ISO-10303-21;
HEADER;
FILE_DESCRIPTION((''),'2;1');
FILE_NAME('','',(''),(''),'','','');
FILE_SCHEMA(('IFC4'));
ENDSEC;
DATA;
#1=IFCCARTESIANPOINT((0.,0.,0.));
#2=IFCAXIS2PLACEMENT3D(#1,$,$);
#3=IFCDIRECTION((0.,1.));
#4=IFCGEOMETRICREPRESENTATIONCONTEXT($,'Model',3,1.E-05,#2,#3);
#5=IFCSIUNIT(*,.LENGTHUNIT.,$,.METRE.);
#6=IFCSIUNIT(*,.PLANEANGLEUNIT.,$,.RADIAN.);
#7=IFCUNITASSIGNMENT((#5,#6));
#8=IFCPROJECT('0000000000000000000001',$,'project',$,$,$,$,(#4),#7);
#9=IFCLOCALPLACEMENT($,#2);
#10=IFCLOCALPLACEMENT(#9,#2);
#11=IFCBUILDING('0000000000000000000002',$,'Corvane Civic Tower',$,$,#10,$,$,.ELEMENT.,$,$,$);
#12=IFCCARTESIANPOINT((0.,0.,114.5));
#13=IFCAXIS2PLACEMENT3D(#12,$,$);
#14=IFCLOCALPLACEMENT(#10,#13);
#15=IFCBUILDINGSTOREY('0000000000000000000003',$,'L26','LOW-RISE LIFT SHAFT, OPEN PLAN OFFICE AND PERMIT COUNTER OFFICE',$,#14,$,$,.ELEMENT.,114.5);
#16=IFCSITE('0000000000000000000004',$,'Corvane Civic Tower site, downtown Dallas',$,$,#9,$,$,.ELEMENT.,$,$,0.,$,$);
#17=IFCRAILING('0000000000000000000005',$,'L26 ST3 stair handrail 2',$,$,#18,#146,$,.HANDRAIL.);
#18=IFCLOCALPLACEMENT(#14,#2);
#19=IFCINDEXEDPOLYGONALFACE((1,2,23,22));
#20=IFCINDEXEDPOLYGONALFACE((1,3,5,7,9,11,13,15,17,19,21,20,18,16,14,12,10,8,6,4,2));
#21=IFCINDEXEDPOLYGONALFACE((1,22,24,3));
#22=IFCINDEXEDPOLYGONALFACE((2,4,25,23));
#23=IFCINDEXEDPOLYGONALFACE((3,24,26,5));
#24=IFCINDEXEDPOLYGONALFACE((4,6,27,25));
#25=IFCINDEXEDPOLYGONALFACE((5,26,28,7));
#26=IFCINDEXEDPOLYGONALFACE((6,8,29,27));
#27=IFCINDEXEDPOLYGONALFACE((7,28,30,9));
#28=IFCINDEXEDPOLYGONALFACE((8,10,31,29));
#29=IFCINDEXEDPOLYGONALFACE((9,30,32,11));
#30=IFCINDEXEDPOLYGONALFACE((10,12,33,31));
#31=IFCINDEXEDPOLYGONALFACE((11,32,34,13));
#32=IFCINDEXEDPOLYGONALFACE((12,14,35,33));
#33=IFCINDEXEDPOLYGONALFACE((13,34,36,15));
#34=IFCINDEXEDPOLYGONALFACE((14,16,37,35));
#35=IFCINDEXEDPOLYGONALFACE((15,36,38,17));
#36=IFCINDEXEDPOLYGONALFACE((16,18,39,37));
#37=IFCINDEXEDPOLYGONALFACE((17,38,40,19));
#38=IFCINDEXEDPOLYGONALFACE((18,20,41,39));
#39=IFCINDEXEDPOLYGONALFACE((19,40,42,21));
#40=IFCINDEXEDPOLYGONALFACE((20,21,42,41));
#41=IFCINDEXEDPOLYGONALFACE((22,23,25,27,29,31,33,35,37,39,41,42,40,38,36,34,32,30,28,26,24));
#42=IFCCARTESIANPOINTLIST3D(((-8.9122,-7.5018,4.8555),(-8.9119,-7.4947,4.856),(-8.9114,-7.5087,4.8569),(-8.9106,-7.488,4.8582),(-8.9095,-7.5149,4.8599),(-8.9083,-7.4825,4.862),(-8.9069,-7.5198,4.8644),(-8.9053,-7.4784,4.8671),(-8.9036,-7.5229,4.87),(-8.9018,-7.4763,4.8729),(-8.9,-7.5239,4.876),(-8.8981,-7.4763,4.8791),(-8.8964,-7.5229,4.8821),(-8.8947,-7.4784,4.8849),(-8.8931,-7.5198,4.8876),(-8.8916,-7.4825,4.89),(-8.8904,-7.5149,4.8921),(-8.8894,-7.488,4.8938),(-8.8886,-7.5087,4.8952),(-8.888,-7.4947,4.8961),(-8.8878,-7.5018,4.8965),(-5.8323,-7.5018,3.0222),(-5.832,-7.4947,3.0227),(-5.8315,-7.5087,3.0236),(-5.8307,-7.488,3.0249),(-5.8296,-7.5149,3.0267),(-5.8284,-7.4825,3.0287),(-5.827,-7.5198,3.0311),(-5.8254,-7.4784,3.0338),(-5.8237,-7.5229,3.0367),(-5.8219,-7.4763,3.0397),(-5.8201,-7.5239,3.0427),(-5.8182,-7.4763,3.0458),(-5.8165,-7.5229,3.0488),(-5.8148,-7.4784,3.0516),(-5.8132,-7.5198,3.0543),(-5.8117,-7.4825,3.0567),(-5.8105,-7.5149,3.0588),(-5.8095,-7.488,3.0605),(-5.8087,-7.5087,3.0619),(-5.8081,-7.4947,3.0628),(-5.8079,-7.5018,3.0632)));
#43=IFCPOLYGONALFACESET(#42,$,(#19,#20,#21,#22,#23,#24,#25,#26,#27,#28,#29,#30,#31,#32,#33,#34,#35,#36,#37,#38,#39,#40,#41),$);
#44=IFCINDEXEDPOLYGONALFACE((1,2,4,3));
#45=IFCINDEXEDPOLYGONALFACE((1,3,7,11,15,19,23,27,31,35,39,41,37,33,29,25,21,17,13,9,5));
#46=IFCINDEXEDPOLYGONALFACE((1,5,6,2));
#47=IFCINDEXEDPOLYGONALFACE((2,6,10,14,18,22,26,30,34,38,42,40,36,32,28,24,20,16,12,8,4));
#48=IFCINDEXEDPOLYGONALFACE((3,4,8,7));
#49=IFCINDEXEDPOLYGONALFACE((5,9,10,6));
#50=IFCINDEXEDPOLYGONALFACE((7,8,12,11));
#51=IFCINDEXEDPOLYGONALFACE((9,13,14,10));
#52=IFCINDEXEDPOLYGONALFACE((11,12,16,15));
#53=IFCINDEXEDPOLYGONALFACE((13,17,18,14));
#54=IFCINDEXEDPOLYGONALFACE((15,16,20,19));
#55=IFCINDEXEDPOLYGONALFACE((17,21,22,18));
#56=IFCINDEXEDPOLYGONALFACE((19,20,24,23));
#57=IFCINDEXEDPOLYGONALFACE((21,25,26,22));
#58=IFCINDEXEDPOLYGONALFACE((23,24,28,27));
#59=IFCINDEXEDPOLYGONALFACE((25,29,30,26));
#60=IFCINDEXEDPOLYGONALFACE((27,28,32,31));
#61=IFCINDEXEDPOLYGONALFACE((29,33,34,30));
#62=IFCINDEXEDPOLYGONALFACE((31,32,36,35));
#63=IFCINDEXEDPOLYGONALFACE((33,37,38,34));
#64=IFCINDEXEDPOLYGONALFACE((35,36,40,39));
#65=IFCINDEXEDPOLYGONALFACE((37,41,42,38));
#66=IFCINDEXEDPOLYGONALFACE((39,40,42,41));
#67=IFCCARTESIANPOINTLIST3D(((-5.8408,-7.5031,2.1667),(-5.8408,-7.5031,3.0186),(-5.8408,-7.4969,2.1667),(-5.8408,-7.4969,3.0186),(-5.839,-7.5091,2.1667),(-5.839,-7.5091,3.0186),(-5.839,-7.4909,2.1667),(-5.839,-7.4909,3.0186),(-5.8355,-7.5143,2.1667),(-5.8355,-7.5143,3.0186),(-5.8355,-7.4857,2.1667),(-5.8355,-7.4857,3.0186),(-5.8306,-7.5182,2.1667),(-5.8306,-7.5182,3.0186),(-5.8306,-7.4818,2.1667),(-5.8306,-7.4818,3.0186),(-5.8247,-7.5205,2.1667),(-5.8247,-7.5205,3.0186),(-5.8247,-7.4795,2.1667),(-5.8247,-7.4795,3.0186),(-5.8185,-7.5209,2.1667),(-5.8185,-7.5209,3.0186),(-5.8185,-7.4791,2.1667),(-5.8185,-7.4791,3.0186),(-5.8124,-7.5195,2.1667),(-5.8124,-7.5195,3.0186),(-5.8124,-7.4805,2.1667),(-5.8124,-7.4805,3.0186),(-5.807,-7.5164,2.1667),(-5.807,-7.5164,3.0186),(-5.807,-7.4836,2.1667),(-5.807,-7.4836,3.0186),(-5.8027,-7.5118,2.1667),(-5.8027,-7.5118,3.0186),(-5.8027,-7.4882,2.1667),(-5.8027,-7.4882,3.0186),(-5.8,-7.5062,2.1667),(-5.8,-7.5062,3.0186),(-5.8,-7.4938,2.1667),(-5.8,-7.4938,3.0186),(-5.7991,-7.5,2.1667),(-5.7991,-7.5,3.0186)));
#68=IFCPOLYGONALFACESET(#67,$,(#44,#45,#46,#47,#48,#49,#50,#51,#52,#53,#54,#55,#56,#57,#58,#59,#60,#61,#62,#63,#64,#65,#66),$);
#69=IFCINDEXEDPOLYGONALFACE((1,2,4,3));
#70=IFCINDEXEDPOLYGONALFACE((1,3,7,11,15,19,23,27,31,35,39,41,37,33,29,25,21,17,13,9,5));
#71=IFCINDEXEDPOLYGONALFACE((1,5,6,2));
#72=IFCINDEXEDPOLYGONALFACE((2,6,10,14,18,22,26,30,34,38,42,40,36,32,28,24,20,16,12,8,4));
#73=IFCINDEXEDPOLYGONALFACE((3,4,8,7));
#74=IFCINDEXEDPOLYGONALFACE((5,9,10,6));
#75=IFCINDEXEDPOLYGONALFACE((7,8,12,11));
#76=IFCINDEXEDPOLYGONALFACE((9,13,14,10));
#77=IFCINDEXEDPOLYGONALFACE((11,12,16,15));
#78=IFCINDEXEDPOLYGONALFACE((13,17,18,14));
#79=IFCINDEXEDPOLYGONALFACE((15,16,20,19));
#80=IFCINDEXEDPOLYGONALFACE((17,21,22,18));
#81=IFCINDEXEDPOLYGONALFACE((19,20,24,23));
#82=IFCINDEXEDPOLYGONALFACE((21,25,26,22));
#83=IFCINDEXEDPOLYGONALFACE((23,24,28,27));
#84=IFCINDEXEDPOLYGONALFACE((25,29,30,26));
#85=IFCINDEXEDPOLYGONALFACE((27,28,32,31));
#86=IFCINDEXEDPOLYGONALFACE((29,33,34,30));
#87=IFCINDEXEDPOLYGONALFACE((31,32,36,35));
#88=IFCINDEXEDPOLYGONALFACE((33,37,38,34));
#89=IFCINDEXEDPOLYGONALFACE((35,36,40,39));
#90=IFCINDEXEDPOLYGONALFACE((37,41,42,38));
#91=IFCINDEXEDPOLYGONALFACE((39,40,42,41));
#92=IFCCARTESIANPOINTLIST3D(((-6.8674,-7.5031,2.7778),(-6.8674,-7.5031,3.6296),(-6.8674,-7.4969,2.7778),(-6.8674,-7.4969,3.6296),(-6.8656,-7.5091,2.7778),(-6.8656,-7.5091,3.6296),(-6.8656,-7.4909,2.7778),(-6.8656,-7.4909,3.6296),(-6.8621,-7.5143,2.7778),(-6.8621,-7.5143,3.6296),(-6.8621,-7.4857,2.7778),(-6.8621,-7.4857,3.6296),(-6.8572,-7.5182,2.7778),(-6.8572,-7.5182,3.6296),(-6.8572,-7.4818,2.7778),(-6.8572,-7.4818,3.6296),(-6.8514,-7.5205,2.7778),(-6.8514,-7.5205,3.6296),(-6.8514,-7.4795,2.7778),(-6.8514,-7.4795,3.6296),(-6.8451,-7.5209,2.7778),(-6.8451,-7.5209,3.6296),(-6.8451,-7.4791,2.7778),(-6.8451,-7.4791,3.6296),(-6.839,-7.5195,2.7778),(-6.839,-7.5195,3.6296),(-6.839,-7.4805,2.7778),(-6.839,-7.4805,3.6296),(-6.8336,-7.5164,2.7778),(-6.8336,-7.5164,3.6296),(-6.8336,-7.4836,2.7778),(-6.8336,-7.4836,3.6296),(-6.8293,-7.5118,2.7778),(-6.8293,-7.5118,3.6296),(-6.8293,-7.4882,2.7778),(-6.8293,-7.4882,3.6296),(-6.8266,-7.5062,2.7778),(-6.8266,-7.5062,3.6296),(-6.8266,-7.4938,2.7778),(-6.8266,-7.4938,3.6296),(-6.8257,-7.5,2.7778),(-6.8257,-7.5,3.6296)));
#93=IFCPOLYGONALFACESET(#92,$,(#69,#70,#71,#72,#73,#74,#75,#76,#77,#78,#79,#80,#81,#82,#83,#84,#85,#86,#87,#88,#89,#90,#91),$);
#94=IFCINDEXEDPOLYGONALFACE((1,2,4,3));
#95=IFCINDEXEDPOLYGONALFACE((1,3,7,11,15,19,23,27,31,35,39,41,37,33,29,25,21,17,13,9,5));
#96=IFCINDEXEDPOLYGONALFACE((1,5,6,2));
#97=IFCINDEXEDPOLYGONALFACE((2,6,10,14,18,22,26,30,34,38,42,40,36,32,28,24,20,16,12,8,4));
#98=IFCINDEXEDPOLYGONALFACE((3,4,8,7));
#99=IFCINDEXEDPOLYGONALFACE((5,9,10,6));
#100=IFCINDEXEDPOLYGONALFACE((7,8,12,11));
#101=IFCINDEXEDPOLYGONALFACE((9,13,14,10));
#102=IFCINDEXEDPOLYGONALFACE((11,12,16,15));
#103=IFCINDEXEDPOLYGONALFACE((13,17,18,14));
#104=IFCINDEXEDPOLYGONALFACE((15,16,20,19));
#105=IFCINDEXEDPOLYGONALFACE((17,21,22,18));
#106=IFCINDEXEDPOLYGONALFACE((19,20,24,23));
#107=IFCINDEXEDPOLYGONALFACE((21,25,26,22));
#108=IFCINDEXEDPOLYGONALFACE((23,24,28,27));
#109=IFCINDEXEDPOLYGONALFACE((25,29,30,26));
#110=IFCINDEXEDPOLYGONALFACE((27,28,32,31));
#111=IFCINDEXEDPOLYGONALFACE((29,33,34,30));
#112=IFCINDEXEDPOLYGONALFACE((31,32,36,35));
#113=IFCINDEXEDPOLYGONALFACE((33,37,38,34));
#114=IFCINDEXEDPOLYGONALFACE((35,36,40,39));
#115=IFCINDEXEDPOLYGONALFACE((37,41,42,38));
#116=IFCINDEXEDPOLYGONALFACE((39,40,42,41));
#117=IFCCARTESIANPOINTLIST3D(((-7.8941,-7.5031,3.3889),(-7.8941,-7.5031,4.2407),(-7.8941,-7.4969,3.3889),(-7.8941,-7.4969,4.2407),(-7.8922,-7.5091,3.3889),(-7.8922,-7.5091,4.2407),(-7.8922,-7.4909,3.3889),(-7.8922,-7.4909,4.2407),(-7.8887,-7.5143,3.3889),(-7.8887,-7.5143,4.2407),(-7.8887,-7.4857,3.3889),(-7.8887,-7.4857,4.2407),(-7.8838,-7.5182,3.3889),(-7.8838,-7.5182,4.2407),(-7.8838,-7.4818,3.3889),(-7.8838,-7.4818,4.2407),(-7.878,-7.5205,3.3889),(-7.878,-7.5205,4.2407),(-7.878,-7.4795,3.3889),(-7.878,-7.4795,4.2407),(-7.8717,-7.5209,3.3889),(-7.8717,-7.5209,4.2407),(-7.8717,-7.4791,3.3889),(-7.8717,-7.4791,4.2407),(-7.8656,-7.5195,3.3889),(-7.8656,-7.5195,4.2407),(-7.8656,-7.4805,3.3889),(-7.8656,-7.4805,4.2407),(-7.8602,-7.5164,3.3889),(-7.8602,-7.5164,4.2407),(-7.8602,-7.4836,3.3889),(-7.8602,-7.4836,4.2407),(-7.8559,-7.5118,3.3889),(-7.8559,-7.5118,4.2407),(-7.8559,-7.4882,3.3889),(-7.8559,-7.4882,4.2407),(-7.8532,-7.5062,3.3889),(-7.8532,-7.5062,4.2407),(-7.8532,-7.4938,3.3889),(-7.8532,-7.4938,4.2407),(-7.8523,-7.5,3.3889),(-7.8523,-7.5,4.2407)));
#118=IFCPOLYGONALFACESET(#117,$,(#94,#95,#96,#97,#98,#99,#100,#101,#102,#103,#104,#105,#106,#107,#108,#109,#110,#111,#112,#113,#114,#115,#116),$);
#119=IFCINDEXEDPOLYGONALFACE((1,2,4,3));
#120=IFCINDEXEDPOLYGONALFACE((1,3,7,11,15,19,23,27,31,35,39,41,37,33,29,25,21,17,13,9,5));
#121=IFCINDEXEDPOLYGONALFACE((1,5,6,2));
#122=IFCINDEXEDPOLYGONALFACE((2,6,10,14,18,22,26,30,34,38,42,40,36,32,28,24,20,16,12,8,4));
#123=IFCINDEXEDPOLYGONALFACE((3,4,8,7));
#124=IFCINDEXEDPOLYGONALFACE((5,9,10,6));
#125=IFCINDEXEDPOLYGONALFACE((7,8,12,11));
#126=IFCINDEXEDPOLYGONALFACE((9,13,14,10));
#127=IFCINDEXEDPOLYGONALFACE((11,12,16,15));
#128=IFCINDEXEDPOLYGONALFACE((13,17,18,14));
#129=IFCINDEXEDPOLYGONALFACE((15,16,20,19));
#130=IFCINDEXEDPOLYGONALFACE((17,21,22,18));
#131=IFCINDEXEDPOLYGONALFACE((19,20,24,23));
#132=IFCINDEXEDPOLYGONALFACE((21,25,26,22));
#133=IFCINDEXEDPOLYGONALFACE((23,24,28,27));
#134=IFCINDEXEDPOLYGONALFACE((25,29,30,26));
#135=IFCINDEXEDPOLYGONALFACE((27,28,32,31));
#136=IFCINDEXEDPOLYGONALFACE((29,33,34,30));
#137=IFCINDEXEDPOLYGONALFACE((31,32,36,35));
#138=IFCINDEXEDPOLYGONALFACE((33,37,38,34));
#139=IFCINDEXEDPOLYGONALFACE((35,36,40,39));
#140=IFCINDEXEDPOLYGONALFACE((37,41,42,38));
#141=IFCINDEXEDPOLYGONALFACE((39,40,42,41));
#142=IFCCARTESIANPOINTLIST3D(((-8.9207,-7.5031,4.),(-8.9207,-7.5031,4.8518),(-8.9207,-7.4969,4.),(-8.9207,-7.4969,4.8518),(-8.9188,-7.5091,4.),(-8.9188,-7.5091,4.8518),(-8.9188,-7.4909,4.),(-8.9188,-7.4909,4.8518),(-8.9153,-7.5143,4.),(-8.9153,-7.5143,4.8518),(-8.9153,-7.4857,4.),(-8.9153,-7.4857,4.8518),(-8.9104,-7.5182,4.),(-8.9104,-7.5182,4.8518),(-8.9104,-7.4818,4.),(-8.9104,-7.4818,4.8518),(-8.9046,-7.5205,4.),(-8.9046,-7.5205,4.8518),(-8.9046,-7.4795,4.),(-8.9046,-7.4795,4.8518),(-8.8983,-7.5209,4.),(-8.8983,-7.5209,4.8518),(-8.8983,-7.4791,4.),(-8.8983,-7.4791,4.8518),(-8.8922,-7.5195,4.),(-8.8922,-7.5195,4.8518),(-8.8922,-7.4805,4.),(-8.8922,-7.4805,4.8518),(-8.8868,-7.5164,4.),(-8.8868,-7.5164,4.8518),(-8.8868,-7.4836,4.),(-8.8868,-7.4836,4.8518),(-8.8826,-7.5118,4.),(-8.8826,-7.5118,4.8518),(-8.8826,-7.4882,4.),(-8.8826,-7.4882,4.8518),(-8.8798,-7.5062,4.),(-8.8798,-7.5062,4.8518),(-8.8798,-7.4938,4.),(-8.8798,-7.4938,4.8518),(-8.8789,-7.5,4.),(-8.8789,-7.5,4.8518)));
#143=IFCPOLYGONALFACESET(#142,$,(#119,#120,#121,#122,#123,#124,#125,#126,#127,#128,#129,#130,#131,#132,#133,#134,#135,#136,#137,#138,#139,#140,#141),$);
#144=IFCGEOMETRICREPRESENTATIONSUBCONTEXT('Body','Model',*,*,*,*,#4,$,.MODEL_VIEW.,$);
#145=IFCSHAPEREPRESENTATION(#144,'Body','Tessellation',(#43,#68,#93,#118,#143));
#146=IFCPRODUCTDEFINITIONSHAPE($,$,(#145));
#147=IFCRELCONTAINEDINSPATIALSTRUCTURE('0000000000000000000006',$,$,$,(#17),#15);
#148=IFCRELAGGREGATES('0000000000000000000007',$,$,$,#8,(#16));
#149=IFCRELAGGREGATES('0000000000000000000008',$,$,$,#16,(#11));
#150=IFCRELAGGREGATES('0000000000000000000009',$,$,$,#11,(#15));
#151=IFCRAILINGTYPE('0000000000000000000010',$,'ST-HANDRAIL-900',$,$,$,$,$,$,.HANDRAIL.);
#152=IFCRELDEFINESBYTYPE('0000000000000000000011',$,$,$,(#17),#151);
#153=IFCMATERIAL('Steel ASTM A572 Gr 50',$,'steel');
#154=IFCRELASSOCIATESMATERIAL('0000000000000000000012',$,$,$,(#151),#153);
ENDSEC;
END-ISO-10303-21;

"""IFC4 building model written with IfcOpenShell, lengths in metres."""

from ifc_helpers import new_model, si_unit, direction, frame, origin, origin_2d, place, context, subcontext, project, spatial, circle, extrude, material, type_object, element, save


model = new_model("IFC4")

# Units and contexts
model_context = context("Model", 3, precision=1e-05, world=origin(), true_north=direction((0.0, 1.0)))
body_context = subcontext(model_context, "Body", "Model", "MODEL_VIEW")
ifc_project = project(units=[si_unit("LENGTHUNIT", "METRE"), si_unit("PLANEANGLEUNIT", "RADIAN")], contexts=[model_context])

# Site, building, storey
site_placement = place(None, origin())
site = spatial("IfcSite", under=ifc_project, at=site_placement, Name="Corvane Civic Tower site, downtown Dallas", CompositionType="ELEMENT", RefElevation=0.0)
building_placement = place(site_placement, origin())
building = spatial("IfcBuilding", under=site, at=building_placement, Name="Corvane Civic Tower", CompositionType="ELEMENT")
storey_placement = place(building_placement, frame((0.0, 0.0, 114.5)))
storey = spatial("IfcBuildingStorey", under=building, at=storey_placement, Name="L26", Description="LOW-RISE LIFT SHAFT, OPEN PLAN OFFICE AND PERMIT COUNTER OFFICE", CompositionType="ELEMENT", Elevation=114.5)

# Railing
ifc_material_1 = material(Name="Steel ASTM A572 Gr 50", Category="steel")
railing_type = type_object("IfcRailingType", Name="ST-HANDRAIL-900", PredefinedType="HANDRAIL", material=ifc_material_1)
railing_placement = place(storey_placement, frame((-5.8201, -7.5, 2.1667)))
element("IfcRailing", 1, at=railing_placement, inside=storey, type_object=railing_type, Name="L26 ST3 stair handrail 2", PredefinedType="HANDRAIL", context=body_context, shape_type="SweptSolid", body=[
    extrude(circle(Radius=0.0239, at=origin_2d()), frame((0.0, 0.0, 0.876), z_axis=(-0.859291, 0.0, 0.511487), x_axis=(0.0, -1.0, 0.0)), (0.0, 0.0, 1.0), 3.5842),
    extrude(circle(Radius=0.021, at=origin_2d()), origin(), (0.0, 0.0, 1.0), 0.8518),
    extrude(circle(Radius=0.021, at=origin_2d()), frame((-1.0266, 0.0, 0.6111)), (0.0, 0.0, 1.0), 0.8518),
    extrude(circle(Radius=0.021, at=origin_2d()), frame((-2.0532, 0.0, 1.2222)), (0.0, 0.0, 1.0), 0.8518),
    extrude(circle(Radius=0.021, at=origin_2d()), frame((-3.0798, 0.0, 1.8333)), (0.0, 0.0, 1.0), 0.8518),
])

save(model, "model.ifc")
